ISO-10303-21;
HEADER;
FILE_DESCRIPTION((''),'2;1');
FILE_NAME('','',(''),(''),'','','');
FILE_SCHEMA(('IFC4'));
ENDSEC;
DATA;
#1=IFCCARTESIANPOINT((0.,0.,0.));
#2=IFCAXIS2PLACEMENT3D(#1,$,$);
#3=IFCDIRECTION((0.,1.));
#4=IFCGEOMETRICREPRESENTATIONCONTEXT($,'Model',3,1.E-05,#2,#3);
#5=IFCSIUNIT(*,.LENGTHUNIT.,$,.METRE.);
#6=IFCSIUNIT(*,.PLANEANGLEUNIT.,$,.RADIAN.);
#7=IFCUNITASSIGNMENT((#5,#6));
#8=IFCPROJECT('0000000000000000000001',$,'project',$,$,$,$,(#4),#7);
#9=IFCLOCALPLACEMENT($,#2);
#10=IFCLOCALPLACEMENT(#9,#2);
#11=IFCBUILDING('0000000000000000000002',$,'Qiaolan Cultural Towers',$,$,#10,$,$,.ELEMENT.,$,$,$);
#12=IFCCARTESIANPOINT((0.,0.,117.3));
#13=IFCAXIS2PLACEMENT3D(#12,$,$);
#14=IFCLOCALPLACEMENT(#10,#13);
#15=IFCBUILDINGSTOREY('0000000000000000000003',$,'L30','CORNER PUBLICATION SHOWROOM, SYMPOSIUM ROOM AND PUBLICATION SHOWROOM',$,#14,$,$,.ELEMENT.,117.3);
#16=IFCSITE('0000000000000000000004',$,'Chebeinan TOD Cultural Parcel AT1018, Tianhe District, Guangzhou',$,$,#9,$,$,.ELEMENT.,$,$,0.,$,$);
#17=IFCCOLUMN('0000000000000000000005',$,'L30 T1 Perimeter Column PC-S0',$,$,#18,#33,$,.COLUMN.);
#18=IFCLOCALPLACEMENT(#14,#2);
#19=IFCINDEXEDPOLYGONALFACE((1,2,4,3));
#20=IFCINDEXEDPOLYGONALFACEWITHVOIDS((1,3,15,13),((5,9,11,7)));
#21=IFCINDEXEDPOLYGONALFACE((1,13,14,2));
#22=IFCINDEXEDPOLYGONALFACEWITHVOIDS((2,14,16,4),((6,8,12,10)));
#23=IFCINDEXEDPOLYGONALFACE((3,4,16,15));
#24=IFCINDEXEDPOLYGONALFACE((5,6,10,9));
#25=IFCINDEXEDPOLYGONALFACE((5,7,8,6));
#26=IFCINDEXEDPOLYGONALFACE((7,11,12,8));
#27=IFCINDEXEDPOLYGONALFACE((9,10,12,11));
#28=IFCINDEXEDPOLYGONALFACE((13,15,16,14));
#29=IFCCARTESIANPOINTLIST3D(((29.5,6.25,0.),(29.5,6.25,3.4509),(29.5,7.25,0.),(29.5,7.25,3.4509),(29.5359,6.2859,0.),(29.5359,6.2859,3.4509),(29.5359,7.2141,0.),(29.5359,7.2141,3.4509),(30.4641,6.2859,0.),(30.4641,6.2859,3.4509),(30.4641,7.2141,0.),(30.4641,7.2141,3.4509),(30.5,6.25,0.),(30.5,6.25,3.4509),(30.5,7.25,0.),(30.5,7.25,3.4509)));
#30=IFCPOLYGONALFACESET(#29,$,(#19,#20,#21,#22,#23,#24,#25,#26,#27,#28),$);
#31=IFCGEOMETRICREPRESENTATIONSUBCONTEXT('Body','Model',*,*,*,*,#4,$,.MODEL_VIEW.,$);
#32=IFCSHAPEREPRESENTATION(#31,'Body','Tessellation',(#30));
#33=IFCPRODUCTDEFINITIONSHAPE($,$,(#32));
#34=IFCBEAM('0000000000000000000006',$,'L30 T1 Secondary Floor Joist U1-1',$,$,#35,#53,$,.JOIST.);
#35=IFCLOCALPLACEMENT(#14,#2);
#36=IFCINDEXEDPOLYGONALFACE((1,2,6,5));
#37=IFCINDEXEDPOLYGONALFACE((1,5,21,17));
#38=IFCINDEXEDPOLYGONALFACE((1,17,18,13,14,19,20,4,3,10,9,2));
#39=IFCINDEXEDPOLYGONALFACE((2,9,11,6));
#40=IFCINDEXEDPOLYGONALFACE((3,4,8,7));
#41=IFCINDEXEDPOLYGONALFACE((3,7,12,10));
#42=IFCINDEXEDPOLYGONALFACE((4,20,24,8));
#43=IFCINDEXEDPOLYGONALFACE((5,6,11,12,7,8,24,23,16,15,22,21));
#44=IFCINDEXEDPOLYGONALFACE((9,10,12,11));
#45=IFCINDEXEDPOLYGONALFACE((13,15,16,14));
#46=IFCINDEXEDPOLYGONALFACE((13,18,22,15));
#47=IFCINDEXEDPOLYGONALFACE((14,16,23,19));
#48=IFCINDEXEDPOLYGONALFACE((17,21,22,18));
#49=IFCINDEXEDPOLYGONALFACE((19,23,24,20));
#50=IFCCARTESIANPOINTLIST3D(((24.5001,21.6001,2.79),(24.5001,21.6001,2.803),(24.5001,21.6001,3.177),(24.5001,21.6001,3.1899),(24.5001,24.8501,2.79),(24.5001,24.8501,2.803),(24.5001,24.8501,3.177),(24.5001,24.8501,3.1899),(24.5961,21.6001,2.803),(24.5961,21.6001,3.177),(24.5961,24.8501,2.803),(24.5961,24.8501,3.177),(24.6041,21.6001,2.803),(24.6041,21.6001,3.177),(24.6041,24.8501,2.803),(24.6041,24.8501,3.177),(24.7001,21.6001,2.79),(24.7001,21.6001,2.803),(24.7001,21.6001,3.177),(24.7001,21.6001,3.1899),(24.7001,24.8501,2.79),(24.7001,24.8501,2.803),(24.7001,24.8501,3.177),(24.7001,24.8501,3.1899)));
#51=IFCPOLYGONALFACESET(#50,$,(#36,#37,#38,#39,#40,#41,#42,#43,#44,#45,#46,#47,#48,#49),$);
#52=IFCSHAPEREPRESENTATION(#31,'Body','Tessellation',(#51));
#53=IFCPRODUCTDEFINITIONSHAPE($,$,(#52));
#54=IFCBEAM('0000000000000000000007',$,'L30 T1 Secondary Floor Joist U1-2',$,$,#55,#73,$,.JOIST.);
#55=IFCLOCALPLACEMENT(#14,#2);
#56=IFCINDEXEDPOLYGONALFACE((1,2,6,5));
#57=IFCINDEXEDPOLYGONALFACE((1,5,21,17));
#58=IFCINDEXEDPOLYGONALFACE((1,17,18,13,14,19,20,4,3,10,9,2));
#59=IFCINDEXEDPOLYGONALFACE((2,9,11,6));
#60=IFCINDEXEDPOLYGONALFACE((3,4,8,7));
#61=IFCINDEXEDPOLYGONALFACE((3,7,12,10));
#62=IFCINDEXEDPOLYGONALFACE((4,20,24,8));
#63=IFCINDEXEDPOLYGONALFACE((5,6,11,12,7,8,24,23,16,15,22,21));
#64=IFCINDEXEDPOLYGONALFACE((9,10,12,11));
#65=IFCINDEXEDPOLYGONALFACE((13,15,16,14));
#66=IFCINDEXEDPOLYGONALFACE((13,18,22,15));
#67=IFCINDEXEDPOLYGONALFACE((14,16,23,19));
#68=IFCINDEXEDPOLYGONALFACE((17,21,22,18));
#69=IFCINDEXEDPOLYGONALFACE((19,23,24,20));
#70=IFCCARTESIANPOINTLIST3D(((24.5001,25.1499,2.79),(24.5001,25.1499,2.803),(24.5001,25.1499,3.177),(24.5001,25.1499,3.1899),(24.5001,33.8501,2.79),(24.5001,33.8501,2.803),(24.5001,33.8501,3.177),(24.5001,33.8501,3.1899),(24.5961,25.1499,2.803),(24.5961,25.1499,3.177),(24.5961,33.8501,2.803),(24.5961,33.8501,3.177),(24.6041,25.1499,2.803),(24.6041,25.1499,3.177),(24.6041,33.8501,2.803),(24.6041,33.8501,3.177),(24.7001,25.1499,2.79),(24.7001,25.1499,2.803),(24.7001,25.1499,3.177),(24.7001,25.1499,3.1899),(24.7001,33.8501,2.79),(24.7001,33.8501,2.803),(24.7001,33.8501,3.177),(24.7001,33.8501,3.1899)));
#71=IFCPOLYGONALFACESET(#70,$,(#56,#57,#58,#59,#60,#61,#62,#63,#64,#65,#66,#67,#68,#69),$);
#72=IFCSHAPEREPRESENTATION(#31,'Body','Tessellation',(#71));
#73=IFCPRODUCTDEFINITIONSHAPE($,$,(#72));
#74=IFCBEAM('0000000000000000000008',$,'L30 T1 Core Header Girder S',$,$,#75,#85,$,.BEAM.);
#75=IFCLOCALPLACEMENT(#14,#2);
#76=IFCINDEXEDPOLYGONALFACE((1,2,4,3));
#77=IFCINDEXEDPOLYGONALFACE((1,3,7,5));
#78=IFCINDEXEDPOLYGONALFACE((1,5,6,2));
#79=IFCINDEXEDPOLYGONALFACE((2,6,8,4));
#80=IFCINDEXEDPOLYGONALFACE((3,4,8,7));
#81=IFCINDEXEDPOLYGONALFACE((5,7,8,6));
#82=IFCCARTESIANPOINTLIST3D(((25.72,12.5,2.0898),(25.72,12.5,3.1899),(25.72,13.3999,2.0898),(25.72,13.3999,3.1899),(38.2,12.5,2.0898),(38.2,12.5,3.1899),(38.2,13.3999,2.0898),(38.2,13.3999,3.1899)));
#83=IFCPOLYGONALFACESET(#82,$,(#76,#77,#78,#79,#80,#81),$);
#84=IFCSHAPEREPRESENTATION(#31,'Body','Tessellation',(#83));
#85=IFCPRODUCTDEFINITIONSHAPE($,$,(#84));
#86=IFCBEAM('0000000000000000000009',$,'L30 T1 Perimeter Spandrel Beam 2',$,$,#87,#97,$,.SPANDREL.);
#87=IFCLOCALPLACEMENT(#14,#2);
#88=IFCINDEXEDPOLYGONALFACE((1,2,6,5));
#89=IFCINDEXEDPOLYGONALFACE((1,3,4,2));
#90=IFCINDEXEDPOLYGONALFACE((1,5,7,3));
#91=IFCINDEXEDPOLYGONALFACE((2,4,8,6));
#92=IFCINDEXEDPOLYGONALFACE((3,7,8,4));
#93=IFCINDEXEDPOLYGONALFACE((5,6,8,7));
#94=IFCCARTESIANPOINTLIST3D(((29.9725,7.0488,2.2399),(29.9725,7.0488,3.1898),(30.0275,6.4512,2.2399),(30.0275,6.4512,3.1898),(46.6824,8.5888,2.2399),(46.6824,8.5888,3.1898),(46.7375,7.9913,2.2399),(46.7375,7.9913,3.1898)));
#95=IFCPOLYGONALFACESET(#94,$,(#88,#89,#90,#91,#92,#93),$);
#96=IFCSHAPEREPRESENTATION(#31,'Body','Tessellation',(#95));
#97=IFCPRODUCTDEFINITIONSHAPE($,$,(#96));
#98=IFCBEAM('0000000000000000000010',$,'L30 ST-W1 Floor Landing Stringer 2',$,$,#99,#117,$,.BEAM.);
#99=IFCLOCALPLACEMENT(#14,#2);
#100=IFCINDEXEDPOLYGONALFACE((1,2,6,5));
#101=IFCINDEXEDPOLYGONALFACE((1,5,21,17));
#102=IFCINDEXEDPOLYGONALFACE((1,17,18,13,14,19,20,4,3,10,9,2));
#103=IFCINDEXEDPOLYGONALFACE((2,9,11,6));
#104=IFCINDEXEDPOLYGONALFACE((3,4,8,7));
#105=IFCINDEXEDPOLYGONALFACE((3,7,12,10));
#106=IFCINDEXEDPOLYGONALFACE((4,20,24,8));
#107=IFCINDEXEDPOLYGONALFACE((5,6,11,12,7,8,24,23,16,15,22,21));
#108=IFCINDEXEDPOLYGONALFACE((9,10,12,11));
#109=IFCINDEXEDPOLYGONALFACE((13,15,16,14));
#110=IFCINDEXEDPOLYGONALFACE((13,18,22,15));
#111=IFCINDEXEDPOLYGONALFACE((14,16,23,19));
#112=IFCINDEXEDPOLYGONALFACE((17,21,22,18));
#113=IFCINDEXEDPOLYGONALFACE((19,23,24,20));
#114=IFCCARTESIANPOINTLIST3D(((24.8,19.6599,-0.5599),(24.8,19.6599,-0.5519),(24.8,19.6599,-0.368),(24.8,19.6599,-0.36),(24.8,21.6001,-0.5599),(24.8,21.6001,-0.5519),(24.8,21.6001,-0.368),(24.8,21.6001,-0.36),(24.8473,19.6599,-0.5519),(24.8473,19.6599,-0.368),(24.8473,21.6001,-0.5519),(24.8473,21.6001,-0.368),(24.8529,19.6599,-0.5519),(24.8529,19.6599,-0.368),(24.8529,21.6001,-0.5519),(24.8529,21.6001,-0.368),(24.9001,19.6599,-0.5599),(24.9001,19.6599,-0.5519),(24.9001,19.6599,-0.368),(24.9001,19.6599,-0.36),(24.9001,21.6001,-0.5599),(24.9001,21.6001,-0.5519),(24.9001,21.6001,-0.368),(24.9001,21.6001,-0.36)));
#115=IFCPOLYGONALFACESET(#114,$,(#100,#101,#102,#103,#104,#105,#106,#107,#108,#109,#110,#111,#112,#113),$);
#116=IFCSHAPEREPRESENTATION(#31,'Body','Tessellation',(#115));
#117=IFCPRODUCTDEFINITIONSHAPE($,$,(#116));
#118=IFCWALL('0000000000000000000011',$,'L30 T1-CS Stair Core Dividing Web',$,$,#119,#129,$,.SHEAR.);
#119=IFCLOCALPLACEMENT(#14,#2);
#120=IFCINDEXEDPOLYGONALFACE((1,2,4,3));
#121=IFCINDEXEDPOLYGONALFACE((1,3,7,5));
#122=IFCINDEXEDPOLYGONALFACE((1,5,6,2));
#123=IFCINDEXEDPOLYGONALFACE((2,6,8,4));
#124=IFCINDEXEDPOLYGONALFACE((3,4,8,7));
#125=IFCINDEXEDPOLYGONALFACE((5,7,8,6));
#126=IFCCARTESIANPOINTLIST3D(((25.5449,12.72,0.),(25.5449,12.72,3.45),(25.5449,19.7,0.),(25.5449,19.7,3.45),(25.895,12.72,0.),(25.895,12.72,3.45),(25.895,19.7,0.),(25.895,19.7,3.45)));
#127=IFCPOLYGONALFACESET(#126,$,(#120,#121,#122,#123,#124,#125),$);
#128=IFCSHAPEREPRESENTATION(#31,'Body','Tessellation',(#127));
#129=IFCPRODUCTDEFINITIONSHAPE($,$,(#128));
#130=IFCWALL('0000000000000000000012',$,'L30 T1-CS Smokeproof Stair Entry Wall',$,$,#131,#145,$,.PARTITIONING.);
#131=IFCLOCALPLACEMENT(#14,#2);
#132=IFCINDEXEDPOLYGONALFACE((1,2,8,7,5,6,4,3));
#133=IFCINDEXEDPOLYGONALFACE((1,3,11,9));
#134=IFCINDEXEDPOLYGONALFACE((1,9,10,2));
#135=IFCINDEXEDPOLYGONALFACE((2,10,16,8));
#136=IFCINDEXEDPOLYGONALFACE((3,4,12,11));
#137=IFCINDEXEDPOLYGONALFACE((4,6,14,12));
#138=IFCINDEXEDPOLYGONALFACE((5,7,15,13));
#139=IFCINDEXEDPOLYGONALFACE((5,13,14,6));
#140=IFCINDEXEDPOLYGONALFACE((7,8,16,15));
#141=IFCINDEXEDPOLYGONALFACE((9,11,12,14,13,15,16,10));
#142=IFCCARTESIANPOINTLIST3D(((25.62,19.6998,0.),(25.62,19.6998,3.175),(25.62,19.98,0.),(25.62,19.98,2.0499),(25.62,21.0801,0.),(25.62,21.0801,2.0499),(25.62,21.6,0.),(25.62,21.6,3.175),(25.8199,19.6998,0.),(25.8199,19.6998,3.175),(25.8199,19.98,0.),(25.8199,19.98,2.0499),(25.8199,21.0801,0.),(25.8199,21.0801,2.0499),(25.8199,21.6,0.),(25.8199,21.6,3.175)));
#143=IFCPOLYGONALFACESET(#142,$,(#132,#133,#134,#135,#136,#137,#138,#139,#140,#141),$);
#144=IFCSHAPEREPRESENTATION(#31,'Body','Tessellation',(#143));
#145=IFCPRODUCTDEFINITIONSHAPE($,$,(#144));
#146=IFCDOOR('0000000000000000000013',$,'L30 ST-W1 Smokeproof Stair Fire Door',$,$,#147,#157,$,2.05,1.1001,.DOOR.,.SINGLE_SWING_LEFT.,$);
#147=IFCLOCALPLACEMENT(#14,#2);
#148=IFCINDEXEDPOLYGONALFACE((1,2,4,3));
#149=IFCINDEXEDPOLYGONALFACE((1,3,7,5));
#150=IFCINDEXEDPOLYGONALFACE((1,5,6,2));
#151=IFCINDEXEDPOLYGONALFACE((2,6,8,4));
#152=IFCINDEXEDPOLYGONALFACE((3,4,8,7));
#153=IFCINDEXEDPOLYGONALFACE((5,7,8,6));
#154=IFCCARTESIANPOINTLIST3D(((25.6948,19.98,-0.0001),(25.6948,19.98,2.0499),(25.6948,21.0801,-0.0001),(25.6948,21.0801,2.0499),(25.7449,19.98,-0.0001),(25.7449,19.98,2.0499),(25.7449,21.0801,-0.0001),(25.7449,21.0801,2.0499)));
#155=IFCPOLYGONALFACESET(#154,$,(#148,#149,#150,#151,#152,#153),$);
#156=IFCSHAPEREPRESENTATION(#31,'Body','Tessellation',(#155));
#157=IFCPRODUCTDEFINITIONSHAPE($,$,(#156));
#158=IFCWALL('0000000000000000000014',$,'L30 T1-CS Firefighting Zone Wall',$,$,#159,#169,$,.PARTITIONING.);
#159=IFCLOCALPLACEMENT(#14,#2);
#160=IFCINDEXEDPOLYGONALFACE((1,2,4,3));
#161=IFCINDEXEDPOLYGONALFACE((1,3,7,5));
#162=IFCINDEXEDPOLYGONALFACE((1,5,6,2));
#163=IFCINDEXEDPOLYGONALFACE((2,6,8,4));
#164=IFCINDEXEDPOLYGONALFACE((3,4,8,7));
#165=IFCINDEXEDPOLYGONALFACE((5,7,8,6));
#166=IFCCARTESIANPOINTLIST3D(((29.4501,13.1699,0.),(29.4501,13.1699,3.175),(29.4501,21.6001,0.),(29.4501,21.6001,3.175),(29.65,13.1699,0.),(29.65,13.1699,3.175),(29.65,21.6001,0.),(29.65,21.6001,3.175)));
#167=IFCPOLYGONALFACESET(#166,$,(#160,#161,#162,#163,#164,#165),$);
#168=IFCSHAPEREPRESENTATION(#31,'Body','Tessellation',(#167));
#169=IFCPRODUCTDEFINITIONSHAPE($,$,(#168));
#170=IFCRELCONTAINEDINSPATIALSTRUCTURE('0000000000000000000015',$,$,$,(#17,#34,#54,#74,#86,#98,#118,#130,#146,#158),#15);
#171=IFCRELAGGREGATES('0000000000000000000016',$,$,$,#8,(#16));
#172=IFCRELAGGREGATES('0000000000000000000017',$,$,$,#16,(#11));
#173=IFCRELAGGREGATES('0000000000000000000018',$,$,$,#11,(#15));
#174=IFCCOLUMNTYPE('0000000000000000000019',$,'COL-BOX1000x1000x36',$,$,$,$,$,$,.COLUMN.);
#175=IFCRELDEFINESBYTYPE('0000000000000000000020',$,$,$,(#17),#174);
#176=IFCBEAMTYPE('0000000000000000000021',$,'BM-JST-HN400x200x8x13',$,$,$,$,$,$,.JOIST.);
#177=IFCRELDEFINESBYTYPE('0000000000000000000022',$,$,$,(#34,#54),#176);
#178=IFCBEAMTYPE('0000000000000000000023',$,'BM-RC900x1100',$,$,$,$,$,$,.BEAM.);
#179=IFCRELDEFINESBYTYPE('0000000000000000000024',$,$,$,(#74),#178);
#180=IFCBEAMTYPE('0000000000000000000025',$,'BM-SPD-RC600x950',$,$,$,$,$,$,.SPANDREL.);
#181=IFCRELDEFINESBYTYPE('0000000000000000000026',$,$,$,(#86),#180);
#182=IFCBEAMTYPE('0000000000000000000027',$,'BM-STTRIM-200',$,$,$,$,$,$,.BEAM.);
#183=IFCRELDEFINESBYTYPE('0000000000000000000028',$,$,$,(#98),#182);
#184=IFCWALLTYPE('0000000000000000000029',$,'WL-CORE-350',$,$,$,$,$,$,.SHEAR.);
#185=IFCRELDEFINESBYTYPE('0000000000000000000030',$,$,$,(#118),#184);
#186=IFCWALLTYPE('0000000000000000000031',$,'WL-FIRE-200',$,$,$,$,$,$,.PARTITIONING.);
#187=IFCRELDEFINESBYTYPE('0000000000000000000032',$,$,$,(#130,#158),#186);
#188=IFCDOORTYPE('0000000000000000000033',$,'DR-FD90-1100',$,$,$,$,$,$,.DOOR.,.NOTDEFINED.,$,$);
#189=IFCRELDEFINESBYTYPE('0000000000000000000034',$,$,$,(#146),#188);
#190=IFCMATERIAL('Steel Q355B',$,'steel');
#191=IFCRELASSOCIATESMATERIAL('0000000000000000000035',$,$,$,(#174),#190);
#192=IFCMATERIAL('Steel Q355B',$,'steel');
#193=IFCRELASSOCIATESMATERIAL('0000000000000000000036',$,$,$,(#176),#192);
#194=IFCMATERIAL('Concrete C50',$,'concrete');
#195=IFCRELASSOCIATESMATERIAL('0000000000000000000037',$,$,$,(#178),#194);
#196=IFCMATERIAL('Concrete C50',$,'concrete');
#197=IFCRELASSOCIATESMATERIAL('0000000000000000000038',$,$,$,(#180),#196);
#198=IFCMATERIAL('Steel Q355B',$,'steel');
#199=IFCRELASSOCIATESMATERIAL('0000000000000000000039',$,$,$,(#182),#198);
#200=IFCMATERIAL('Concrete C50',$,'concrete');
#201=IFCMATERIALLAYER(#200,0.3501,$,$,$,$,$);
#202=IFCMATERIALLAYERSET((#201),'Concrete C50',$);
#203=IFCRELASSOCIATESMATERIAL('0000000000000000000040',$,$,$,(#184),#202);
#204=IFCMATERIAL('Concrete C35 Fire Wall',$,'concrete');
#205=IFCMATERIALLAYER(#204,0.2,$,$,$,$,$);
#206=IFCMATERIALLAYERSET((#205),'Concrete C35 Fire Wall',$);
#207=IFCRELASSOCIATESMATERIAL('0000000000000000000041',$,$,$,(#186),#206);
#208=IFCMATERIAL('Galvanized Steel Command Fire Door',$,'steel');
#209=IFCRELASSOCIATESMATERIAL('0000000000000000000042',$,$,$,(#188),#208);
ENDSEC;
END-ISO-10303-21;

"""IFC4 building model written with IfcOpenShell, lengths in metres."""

from ifc_helpers import new_model, si_unit, direction, frame, frame_2d, origin, origin_2d, place, context, subcontext, project, spatial, rectangle, hollow_rectangle, i_section, extrude, material, layer, layer_set, material_profile, profile_set, type_object, element, fill, save


model = new_model("IFC4")

# Units and contexts
model_context = context("Model", 3, precision=1e-05, world=origin(), true_north=direction((0.0, 1.0)))
body_context = subcontext(model_context, "Body", "Model", "MODEL_VIEW")
ifc_project = project(units=[si_unit("LENGTHUNIT", "METRE"), si_unit("PLANEANGLEUNIT", "RADIAN")], contexts=[model_context])

# Site, building, storey
site_placement = place(None, origin())
site = spatial("IfcSite", under=ifc_project, at=site_placement, Name="Chebeinan TOD Cultural Parcel AT1018, Tianhe District, Guangzhou", CompositionType="ELEMENT", RefElevation=0.0)
building_placement = place(site_placement, origin())
building = spatial("IfcBuilding", under=site, at=building_placement, Name="Qiaolan Cultural Towers", CompositionType="ELEMENT")
storey_placement = place(building_placement, frame((0.0, 0.0, 117.3)))
storey = spatial("IfcBuildingStorey", under=building, at=storey_placement, Name="L30", Description="CORNER PUBLICATION SHOWROOM, SYMPOSIUM ROOM AND PUBLICATION SHOWROOM", CompositionType="ELEMENT", Elevation=117.3)

# Column
ifc_material_1 = material(Name="Steel Q355B", Category="steel")
ifc_material_profile_1 = material_profile(ifc_material_1, hollow_rectangle(XDim=1.0, YDim=1.0, WallThickness=0.0359, at=origin_2d()), Name="BOX1000x1000x36")
ifc_profile_set_1 = profile_set([ifc_material_profile_1], Name="Steel Q355B")
column_type = type_object("IfcColumnType", Name="COL-BOX1000x1000x36", PredefinedType="COLUMN", material=ifc_profile_set_1)
column_placement = place(storey_placement, frame((30.0, 6.75, 0.0), z_axis=(0.0, 0.0, 1.0), x_axis=(1.0, 0.0, 0.0)))
element("IfcColumn", 1, at=column_placement, inside=storey, type_object=column_type, Name="L30 T1 Perimeter Column PC-S0", PredefinedType="COLUMN", context=body_context, shape_type="SweptSolid", body=[
    extrude(hollow_rectangle(XDim=1.0, YDim=1.0, WallThickness=0.0359, at=origin_2d()), origin(), (0.0, 0.0, 1.0), 3.4509),
])

# Beams
ifc_material_2 = material(Name="Steel Q355B", Category="steel")
ifc_material_profile_2 = material_profile(ifc_material_2, i_section(OverallWidth=0.2, OverallDepth=0.3999, WebThickness=0.0081, FlangeThickness=0.0129, at=origin_2d()), Name="HN400x200x8x13")
ifc_profile_set_2 = profile_set([ifc_material_profile_2], Name="Steel Q355B")
beam_type_1 = type_object("IfcBeamType", Name="BM-JST-HN400x200x8x13", PredefinedType="JOIST", material=ifc_profile_set_2)
beam_1_placement = place(storey_placement, frame((24.6001, 21.6001, 2.99), z_axis=(0.0, 1.0, 0.0), x_axis=(-1.0, 0.0, 0.0)))
element("IfcBeam", 2, at=beam_1_placement, inside=storey, type_object=beam_type_1, Name="L30 T1 Secondary Floor Joist U1-1", PredefinedType="JOIST", context=body_context, shape_type="SweptSolid", body=[
    extrude(i_section(OverallWidth=0.2, OverallDepth=0.3999, WebThickness=0.0081, FlangeThickness=0.0129, at=origin_2d()), origin(), (0.0, 0.0, 1.0), 3.25),
])
beam_2_placement = place(storey_placement, frame((24.6001, 25.1499, 2.99), z_axis=(0.0, 1.0, 0.0), x_axis=(-1.0, 0.0, 0.0)))
element("IfcBeam", 3, at=beam_2_placement, inside=storey, type_object=beam_type_1, Name="L30 T1 Secondary Floor Joist U1-2", PredefinedType="JOIST", context=body_context, shape_type="SweptSolid", body=[
    extrude(i_section(OverallWidth=0.2, OverallDepth=0.3999, WebThickness=0.0081, FlangeThickness=0.0129, at=origin_2d()), origin(), (0.0, 0.0, 1.0), 8.7002),
])
ifc_material_3 = material(Name="Concrete C50", Category="concrete")
ifc_material_profile_3 = material_profile(ifc_material_3, rectangle(XDim=0.8999, YDim=1.1001, at=origin_2d()), Name="RC900x1100")
ifc_profile_set_3 = profile_set([ifc_material_profile_3], Name="Concrete C50")
beam_type_2 = type_object("IfcBeamType", Name="BM-RC900x1100", PredefinedType="BEAM", material=ifc_profile_set_3)
beam_3_placement = place(storey_placement, frame((25.72, 12.95, 2.6399), z_axis=(1.0, 0.0, 0.0), x_axis=(0.0, 1.0, 0.0)))
element("IfcBeam", 4, at=beam_3_placement, inside=storey, type_object=beam_type_2, Name="L30 T1 Core Header Girder S", PredefinedType="BEAM", context=body_context, shape_type="SweptSolid", body=[
    extrude(rectangle(XDim=0.8999, YDim=1.1001, at=origin_2d()), origin(), (0.0, 0.0, 1.0), 12.48),
])
ifc_material_4 = material(Name="Concrete C50", Category="concrete")
ifc_material_profile_4 = material_profile(ifc_material_4, rectangle(XDim=0.6001, YDim=0.95, at=origin_2d()), Name="RC600x950")
ifc_profile_set_4 = profile_set([ifc_material_profile_4], Name="Concrete C50")
beam_type_3 = type_object("IfcBeamType", Name="BM-SPD-RC600x950", PredefinedType="SPANDREL", material=ifc_profile_set_4)
beam_4_placement = place(storey_placement, frame((30.0, 6.75, 2.7148), z_axis=(0.99578, 0.091774, 0.0), x_axis=(-0.091774, 0.99578, 0.0)))
element("IfcBeam", 5, at=beam_4_placement, inside=storey, type_object=beam_type_3, Name="L30 T1 Perimeter Spandrel Beam 2", PredefinedType="SPANDREL", context=body_context, shape_type="SweptSolid", body=[
    extrude(rectangle(XDim=0.6001, YDim=0.95, at=origin_2d()), origin(), (0.0, 0.0, 1.0), 16.7808),
])
ifc_material_5 = material(Name="Steel Q355B", Category="steel")
ifc_material_profile_5 = material_profile(ifc_material_5, i_section(OverallWidth=0.1001, OverallDepth=0.2, WebThickness=0.0056, FlangeThickness=0.0081, at=origin_2d()), Name="HN200x100x5.5x8")
ifc_profile_set_5 = profile_set([ifc_material_profile_5], Name="Steel Q355B")
beam_type_4 = type_object("IfcBeamType", Name="BM-STTRIM-200", PredefinedType="BEAM", material=ifc_profile_set_5)
beam_5_placement = place(storey_placement, frame((24.8501, 21.6001, -0.46), z_axis=(0.0, -1.0, 0.0), x_axis=(1.0, 0.0, 0.0)))
element("IfcBeam", 6, at=beam_5_placement, inside=storey, type_object=beam_type_4, Name="L30 ST-W1 Floor Landing Stringer 2", PredefinedType="BEAM", context=body_context, shape_type="SweptSolid", body=[
    extrude(i_section(OverallWidth=0.1001, OverallDepth=0.2, WebThickness=0.0056, FlangeThickness=0.0081, at=origin_2d()), origin(), (0.0, 0.0, 1.0), 1.9402),
])

# Wall
ifc_material_6 = material(Name="Concrete C50", Category="concrete")
ifc_layer_1 = layer(ifc_material_6, 0.3501)
ifc_layer_set_1 = layer_set([ifc_layer_1], Name="Concrete C50")
wall_type_1 = type_object("IfcWallType", Name="WL-CORE-350", PredefinedType="SHEAR", material=ifc_layer_set_1)
wall_1_placement = place(storey_placement, frame((25.72, 19.7, 0.0), z_axis=(0.0, 0.0, 1.0), x_axis=(0.0, -1.0, 0.0)))
element("IfcWall", 7, at=wall_1_placement, inside=storey, type_object=wall_type_1, Name="L30 T1-CS Stair Core Dividing Web", PredefinedType="SHEAR", context=body_context, shape_type="SweptSolid", body=[
    extrude(rectangle(XDim=6.98, YDim=0.3501, at=frame_2d((3.49, 0.0))), origin(), (0.0, 0.0, 1.0), 3.45),
])

# Wall, opening, door
ifc_material_7 = material(Name="Concrete C35 Fire Wall", Category="concrete")
ifc_layer_2 = layer(ifc_material_7, 0.2)
ifc_layer_set_2 = layer_set([ifc_layer_2], Name="Concrete C35 Fire Wall")
wall_type_2 = type_object("IfcWallType", Name="WL-FIRE-200", PredefinedType="PARTITIONING", material=ifc_layer_set_2)
wall_2_placement = place(storey_placement, frame((25.72, 21.6001, 0.0), z_axis=(0.0, 0.0, 1.0), x_axis=(0.0, -1.0, 0.0)))
wall_2 = element("IfcWall", 8, at=wall_2_placement, inside=storey, type_object=wall_type_2, Name="L30 T1-CS Smokeproof Stair Entry Wall", PredefinedType="PARTITIONING", context=body_context, shape_type="SweptSolid", body=[
    extrude(rectangle(XDim=1.9001, YDim=0.2, at=frame_2d((0.9502, 0.0))), origin(), (0.0, 0.0, 1.0), 3.175),
])
opening_1_placement = place(wall_2_placement, frame((0.52, 0.0, 0.0)))
opening_1 = element("IfcOpeningElement", 9, at=opening_1_placement, cuts=wall_2, PredefinedType="OPENING", context=body_context, shape_type="SweptSolid", body=[
    extrude(rectangle(XDim=1.1001, YDim=2.05, at=frame_2d((0.55, 1.0249))), frame((0.0, 0.1099, 0.0), z_axis=(0.0, -1.0, 0.0), x_axis=(1.0, 0.0, 0.0)), (0.0, 0.0, 1.0), 0.22),
])
ifc_material_8 = material(Name="Galvanized Steel Command Fire Door", Category="steel")
door_type_1 = type_object("IfcDoorType", Name="DR-FD90-1100", OperationType="NOTDEFINED", PredefinedType="DOOR", material=ifc_material_8)
door_1_placement = place(opening_1_placement, origin())
door_1 = element("IfcDoor", 10, at=door_1_placement, inside=storey, type_object=door_type_1, Name="L30 ST-W1 Smokeproof Stair Fire Door", OperationType="SINGLE_SWING_LEFT", OverallHeight=2.05, OverallWidth=1.1001, PredefinedType="DOOR", context=body_context, shape_type="SweptSolid", body=[
    extrude(rectangle(XDim=1.1001, YDim=2.05, at=frame_2d((0.55, 1.0249))), frame((0.0, 0.0249, 0.0), z_axis=(0.0, -1.0, 0.0), x_axis=(1.0, 0.0, 0.0)), (0.0, 0.0, 1.0), 0.05),
])
fill(opening_1, door_1)

# Wall
wall_3_placement = place(storey_placement, frame((29.55, 21.6001, 0.0), z_axis=(0.0, 0.0, 1.0), x_axis=(0.0, -1.0, 0.0)))
element("IfcWall", 11, at=wall_3_placement, inside=storey, type_object=wall_type_2, Name="L30 T1-CS Firefighting Zone Wall", PredefinedType="PARTITIONING", context=body_context, shape_type="SweptSolid", body=[
    extrude(rectangle(XDim=8.4302, YDim=0.2, at=frame_2d((4.2151, 0.0))), origin(), (0.0, 0.0, 1.0), 3.175),
])

save(model, "model.ifc")
